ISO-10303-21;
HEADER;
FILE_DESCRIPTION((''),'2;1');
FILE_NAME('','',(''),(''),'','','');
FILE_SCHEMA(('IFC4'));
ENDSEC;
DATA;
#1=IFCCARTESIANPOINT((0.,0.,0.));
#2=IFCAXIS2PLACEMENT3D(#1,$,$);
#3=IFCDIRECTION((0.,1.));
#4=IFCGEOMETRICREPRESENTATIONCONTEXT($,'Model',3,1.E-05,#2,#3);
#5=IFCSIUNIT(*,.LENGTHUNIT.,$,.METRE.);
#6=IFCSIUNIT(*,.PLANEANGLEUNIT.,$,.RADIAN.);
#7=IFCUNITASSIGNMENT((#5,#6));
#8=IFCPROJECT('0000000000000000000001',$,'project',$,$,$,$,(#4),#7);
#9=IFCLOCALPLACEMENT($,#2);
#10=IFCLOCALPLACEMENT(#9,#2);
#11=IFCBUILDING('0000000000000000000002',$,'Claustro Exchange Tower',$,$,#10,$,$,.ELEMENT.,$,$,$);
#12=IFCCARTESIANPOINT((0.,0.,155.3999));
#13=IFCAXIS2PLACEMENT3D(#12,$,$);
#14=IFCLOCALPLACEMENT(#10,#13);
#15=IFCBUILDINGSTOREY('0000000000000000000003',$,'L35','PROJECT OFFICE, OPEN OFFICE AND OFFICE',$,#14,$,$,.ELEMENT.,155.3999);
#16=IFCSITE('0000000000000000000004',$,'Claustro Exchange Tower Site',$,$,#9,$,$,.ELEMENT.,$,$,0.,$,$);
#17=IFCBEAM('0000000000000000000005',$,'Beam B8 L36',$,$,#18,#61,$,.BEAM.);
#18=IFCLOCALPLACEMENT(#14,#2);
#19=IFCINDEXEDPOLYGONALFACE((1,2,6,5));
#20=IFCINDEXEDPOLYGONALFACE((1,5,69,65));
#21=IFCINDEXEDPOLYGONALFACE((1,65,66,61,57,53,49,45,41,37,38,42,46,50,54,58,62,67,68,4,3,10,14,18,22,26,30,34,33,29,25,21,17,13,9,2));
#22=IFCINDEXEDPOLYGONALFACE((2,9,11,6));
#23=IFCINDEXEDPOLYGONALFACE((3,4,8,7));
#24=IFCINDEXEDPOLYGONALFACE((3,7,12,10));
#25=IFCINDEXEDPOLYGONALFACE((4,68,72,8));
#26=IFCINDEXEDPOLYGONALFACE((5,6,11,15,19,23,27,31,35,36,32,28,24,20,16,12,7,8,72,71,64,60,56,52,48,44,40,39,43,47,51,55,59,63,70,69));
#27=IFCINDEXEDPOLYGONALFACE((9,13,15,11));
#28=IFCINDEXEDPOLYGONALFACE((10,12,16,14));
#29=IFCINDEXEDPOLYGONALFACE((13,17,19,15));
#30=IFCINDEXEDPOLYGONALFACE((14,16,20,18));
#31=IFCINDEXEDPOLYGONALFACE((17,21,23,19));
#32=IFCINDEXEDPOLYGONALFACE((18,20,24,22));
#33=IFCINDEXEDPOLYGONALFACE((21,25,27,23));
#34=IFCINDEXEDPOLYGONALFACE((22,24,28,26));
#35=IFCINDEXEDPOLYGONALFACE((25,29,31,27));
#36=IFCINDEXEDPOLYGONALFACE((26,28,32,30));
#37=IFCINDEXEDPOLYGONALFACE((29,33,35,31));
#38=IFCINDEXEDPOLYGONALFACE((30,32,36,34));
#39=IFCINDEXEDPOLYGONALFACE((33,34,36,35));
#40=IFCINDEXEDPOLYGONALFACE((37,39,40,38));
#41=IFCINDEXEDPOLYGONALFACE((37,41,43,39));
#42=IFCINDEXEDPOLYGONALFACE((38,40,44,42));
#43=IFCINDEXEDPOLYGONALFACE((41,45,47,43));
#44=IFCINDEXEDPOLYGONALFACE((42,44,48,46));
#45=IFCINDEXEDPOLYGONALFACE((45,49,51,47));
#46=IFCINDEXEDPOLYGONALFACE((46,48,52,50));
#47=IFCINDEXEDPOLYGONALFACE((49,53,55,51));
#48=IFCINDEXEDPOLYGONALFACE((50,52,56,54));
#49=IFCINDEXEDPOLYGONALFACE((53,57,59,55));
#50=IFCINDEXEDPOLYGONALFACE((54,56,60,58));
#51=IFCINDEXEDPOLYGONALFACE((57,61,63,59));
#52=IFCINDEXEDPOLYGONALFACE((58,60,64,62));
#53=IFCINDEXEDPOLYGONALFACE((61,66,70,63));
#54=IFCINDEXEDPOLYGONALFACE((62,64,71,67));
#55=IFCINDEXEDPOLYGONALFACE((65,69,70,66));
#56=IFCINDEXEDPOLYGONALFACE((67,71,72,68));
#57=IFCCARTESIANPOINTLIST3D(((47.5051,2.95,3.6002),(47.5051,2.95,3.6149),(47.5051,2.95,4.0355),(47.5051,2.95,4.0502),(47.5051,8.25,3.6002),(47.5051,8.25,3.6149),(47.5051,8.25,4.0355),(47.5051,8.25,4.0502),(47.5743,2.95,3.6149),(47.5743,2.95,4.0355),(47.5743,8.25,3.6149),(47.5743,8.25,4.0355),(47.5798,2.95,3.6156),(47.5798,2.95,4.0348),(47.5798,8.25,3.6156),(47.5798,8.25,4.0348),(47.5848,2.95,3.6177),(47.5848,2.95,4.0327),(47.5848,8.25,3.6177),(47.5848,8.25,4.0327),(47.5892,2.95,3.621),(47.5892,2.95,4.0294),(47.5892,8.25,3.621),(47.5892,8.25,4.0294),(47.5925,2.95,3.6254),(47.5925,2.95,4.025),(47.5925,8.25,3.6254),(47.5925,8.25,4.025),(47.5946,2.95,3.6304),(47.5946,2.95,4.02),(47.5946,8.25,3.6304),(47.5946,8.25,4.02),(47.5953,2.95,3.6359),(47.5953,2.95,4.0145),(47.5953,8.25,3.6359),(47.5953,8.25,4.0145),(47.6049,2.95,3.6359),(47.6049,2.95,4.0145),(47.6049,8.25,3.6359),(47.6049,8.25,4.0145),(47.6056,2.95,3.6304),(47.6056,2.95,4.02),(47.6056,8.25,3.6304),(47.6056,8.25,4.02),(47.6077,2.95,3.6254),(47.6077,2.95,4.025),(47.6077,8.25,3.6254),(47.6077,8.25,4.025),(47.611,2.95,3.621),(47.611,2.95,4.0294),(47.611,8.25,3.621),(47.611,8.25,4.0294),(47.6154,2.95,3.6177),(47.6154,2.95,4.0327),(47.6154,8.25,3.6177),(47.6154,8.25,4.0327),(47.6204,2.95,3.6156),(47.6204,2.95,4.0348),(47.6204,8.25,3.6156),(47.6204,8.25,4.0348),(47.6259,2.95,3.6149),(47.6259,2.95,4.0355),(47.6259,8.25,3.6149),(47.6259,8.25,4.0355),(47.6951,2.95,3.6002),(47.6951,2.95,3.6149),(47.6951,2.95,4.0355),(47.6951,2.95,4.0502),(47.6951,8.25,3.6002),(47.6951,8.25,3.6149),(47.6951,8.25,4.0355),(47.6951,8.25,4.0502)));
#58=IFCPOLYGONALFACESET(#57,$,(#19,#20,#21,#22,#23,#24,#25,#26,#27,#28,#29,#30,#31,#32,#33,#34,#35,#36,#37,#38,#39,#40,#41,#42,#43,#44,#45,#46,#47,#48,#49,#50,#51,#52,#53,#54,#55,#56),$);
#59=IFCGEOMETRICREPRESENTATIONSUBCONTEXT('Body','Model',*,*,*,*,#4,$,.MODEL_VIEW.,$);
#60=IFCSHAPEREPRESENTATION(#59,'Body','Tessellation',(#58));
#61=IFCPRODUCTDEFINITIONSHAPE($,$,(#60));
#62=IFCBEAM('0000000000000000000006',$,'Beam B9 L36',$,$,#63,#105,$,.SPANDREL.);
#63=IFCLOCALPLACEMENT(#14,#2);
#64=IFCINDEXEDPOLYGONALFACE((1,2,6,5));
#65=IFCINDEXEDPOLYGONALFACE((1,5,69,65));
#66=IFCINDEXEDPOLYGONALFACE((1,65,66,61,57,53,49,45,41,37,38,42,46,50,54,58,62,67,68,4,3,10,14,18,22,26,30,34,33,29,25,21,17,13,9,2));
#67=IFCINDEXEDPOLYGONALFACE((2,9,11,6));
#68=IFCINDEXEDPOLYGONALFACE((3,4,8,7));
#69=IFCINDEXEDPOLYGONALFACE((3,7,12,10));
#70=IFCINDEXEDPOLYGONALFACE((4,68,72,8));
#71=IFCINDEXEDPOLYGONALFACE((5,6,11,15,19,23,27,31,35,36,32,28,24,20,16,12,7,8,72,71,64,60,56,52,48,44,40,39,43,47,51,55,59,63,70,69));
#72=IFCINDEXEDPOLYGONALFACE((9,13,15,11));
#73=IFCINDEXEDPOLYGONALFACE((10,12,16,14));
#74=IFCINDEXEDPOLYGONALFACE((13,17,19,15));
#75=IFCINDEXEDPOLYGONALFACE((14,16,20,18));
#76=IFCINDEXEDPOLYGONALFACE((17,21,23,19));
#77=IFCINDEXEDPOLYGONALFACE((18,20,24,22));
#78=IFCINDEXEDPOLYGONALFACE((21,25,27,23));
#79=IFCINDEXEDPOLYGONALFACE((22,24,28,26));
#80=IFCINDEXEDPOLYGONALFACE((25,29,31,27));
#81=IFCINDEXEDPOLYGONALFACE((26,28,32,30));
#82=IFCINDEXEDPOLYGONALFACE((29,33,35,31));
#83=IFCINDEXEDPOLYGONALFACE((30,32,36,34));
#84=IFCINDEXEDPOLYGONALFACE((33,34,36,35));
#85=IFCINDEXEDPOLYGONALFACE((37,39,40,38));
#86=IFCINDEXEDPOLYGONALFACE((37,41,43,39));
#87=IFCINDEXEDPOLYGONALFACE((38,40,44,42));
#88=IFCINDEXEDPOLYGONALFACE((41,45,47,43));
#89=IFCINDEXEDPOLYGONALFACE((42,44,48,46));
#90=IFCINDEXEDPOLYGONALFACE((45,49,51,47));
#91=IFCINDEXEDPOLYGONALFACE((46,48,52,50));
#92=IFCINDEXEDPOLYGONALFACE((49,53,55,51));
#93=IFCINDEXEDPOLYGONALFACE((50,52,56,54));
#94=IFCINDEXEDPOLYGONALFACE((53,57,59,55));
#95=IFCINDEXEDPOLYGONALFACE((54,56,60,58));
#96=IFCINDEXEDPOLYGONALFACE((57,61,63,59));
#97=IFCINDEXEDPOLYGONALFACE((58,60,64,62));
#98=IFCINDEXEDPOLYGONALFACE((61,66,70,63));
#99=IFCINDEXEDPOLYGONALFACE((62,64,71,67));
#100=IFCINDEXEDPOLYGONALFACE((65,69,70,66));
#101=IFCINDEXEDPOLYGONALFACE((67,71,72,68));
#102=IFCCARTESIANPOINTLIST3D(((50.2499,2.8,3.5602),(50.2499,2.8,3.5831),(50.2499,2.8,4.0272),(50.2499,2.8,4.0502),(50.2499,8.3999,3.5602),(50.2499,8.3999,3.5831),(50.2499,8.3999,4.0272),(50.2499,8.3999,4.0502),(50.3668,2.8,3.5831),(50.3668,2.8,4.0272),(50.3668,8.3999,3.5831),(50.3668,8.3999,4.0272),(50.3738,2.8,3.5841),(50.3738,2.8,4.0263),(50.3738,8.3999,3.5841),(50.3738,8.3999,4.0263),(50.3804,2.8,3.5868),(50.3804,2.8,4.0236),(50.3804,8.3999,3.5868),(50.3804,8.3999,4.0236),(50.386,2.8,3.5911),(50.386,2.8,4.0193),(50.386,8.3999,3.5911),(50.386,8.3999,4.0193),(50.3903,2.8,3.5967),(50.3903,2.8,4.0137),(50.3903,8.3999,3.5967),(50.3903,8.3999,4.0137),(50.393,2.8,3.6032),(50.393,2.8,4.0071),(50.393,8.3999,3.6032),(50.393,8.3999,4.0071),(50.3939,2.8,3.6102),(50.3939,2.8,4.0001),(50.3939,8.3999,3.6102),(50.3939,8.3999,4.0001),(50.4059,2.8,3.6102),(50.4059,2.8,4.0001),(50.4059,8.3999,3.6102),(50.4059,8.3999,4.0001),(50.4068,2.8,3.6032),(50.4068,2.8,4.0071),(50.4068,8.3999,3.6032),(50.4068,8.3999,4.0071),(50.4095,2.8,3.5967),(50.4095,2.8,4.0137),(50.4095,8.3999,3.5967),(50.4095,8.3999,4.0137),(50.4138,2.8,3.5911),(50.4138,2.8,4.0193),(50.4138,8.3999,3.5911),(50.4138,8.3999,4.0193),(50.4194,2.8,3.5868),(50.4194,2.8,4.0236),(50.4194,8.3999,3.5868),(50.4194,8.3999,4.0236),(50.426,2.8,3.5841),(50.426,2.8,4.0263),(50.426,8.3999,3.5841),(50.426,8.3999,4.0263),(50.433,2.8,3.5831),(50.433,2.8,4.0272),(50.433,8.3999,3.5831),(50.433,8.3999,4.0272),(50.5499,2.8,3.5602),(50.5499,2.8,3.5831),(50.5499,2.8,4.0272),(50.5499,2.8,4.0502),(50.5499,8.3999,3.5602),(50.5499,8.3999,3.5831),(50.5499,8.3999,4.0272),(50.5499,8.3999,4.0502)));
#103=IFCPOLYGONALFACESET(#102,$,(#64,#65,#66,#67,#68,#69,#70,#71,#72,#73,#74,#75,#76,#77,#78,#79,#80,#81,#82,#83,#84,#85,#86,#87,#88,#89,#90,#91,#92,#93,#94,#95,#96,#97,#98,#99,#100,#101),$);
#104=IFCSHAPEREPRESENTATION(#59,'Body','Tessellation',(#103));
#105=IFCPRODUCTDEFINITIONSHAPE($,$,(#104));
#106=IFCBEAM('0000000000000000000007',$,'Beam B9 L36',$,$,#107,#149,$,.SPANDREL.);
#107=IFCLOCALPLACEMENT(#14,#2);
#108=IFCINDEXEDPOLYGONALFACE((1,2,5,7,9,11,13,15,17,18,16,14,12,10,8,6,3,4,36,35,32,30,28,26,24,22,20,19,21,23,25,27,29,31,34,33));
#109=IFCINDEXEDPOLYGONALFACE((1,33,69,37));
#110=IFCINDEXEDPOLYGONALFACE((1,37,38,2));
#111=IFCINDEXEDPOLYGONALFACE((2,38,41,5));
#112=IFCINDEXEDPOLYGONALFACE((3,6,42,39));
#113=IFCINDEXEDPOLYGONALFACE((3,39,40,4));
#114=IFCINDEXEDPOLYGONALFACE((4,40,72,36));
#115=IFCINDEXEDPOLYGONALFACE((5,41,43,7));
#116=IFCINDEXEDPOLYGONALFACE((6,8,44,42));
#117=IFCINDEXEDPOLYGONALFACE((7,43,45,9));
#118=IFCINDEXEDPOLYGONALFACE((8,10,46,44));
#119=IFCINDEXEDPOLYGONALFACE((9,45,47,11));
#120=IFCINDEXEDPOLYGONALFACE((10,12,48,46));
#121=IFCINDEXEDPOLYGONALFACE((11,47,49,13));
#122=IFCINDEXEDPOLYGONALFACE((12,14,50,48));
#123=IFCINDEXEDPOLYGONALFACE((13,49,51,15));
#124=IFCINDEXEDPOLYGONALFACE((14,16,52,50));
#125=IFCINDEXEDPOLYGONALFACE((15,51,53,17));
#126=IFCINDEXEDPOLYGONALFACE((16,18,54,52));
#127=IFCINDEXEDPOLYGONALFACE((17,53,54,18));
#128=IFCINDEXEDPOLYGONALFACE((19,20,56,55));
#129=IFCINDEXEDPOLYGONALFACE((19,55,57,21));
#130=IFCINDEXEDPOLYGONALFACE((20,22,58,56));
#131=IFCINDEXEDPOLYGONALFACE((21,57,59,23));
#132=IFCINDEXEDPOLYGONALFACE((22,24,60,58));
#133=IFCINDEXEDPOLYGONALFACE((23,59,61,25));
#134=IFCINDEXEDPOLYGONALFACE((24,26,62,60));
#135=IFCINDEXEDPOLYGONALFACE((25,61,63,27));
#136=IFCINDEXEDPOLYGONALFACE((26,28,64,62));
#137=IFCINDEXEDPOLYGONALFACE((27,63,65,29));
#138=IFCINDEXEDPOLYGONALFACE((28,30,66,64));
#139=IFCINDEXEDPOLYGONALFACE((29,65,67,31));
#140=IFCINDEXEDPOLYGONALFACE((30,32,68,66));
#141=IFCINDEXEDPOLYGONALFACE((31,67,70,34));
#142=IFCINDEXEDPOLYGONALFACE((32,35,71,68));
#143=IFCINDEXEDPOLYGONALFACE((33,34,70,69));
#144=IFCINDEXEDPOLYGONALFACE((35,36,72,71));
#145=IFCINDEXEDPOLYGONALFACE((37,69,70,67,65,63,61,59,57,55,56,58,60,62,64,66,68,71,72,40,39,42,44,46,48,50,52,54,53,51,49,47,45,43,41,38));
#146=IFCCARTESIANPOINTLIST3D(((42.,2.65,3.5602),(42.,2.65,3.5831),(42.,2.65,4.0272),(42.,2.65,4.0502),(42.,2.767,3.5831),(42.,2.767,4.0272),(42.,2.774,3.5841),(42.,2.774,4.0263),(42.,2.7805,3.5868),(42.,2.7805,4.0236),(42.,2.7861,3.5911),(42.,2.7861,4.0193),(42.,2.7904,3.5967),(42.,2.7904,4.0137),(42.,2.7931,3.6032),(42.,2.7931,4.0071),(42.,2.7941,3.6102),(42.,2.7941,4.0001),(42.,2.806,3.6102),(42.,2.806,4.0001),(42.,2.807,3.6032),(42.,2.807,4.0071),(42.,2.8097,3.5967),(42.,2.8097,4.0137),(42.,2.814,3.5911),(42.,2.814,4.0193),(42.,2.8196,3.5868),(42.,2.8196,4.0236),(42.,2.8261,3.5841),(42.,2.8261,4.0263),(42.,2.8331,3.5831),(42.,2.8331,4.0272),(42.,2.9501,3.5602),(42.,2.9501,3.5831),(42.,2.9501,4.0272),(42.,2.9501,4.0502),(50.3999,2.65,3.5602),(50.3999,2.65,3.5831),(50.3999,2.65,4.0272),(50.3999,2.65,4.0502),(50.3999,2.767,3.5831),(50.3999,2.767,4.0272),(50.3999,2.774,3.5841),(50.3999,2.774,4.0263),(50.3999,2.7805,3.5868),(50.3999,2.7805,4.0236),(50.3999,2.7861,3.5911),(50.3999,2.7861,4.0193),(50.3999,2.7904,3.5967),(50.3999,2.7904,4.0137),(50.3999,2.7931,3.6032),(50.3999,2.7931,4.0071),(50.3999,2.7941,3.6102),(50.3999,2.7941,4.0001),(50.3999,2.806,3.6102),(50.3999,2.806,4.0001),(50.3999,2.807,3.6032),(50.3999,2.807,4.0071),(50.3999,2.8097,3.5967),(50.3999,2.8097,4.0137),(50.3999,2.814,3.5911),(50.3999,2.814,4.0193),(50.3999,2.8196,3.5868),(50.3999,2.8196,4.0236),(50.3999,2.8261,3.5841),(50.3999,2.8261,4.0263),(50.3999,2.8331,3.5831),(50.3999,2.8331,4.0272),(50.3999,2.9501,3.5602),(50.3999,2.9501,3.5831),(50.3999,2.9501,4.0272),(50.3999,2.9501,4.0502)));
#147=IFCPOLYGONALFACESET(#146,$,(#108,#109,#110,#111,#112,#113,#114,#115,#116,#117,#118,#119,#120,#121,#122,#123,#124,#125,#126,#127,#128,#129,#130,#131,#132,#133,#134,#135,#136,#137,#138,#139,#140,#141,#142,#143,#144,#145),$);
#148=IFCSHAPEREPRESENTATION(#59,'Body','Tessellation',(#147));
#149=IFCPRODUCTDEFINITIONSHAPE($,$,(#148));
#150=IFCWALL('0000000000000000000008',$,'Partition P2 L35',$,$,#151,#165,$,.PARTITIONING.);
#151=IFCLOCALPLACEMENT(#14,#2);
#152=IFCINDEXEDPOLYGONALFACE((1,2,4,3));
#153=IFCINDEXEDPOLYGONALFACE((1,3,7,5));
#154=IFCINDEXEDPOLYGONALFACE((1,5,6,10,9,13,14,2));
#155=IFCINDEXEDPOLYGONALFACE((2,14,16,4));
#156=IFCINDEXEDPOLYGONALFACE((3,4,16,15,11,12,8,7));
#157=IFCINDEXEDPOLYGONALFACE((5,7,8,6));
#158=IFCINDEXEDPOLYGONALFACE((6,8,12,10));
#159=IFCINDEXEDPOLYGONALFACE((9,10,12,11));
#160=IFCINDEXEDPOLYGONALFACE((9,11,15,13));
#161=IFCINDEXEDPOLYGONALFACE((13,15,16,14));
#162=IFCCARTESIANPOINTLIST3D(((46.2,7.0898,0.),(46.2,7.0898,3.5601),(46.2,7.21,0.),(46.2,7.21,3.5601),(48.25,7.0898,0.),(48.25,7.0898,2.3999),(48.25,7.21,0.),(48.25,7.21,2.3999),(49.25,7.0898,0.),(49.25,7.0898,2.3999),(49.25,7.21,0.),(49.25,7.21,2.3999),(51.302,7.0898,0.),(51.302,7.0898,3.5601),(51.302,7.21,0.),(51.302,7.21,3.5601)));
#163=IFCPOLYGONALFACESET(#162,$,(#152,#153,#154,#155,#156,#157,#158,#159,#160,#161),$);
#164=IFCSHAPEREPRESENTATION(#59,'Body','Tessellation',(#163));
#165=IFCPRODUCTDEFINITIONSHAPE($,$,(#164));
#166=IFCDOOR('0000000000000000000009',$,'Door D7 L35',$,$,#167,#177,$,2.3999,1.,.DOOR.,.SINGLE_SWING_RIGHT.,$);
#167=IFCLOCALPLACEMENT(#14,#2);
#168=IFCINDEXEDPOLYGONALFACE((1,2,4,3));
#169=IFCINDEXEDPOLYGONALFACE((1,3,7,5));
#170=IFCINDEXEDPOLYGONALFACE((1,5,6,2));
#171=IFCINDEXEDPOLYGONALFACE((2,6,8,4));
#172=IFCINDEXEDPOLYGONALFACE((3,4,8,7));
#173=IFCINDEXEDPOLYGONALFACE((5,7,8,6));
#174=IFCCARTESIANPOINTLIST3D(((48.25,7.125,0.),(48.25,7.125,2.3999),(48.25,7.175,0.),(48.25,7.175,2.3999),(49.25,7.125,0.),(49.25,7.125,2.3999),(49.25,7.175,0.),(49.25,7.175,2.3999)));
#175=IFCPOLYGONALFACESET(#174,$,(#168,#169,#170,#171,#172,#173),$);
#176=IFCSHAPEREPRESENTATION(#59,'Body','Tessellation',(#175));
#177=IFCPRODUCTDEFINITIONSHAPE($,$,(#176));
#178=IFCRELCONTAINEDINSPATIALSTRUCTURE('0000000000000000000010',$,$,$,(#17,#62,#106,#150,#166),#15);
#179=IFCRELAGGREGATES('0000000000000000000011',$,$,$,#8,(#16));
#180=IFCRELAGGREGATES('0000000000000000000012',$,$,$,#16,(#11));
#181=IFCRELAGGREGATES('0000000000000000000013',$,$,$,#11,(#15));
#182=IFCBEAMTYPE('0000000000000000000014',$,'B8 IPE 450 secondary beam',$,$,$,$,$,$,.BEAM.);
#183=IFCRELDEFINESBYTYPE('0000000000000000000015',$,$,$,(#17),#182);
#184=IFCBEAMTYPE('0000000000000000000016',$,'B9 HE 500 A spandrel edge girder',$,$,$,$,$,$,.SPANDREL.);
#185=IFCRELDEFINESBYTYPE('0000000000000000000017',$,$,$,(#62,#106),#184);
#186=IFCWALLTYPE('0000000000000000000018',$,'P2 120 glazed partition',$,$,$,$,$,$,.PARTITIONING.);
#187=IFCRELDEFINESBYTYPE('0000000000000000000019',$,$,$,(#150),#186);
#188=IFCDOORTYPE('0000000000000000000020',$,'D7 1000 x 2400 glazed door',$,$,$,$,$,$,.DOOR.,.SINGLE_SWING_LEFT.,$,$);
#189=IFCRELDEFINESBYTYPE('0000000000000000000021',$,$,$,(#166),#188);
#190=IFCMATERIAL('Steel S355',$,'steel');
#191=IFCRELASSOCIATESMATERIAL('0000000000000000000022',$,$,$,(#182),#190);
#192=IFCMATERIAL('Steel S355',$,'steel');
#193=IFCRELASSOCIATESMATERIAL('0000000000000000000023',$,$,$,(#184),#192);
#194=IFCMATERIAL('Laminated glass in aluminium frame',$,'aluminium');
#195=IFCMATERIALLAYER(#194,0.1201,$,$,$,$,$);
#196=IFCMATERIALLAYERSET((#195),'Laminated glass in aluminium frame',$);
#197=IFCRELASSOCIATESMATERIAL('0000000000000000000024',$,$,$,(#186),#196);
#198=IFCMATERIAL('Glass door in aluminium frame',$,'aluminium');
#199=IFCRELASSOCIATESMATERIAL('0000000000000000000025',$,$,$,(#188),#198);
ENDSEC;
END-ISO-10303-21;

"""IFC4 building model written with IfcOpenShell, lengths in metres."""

from ifc_helpers import new_model, si_unit, direction, frame, frame_2d, origin, origin_2d, place, context, subcontext, project, spatial, rectangle, i_section, extrude, material, layer, layer_set, material_profile, profile_set, type_object, element, fill, save


model = new_model("IFC4")

# Units and contexts
model_context = context("Model", 3, precision=1e-05, world=origin(), true_north=direction((0.0, 1.0)))
body_context = subcontext(model_context, "Body", "Model", "MODEL_VIEW")
ifc_project = project(units=[si_unit("LENGTHUNIT", "METRE"), si_unit("PLANEANGLEUNIT", "RADIAN")], contexts=[model_context])

# Site, building, storey
site_placement = place(None, origin())
site = spatial("IfcSite", under=ifc_project, at=site_placement, Name="Claustro Exchange Tower Site", CompositionType="ELEMENT", RefElevation=0.0)
building_placement = place(site_placement, origin())
building = spatial("IfcBuilding", under=site, at=building_placement, Name="Claustro Exchange Tower", CompositionType="ELEMENT")
storey_placement = place(building_placement, frame((0.0, 0.0, 155.3999)))
storey = spatial("IfcBuildingStorey", under=building, at=storey_placement, Name="L35", Description="PROJECT OFFICE, OPEN OFFICE AND OFFICE", CompositionType="ELEMENT", Elevation=155.3999)

# Beams
ifc_material_1 = material(Name="Steel S355", Category="steel")
ifc_material_profile_1 = material_profile(ifc_material_1, i_section(OverallWidth=0.1899, OverallDepth=0.45, WebThickness=0.0095, FlangeThickness=0.0146, FilletRadius=0.021, at=origin_2d()), Name="IPE 450")
ifc_profile_set_1 = profile_set([ifc_material_profile_1], Name="Steel S355")
beam_type_1 = type_object("IfcBeamType", Name="B8 IPE 450 secondary beam", PredefinedType="BEAM", material=ifc_profile_set_1)
for number, where, z_axis, x_axis, name in (
    (1, (47.6001, 2.95, 3.8252), (0.0, 1.0, 0.0), (-1.0, 0.0, 0.0), "Beam B8 L36"),
):
    element("IfcBeam", number, at=place(storey_placement, frame(where, z_axis=z_axis, x_axis=x_axis)), inside=storey, type_object=beam_type_1, Name=name, PredefinedType="BEAM", context=body_context, shape_type="SweptSolid", body=[
        extrude(i_section(OverallWidth=0.1899, OverallDepth=0.45, WebThickness=0.0095, FlangeThickness=0.0146, FilletRadius=0.021, at=origin_2d()), origin(), (0.0, 0.0, 1.0), 5.3),
    ])
ifc_material_2 = material(Name="Steel S355", Category="steel")
ifc_material_profile_2 = material_profile(ifc_material_2, i_section(OverallWidth=0.3, OverallDepth=0.49, WebThickness=0.012, FlangeThickness=0.0229, FilletRadius=0.0271, at=origin_2d()), Name="HE 500 A")
ifc_profile_set_2 = profile_set([ifc_material_profile_2], Name="Steel S355")
beam_type_2 = type_object("IfcBeamType", Name="B9 HE 500 A spandrel edge girder", PredefinedType="SPANDREL", material=ifc_profile_set_2)
beam_1_placement = place(storey_placement, frame((50.3999, 2.8, 3.8052), z_axis=(0.0, 1.0, 0.0), x_axis=(-1.0, 0.0, 0.0)))
element("IfcBeam", 2, at=beam_1_placement, inside=storey, type_object=beam_type_2, Name="Beam B9 L36", PredefinedType="SPANDREL", context=body_context, shape_type="SweptSolid", body=[
    extrude(i_section(OverallWidth=0.3, OverallDepth=0.49, WebThickness=0.012, FlangeThickness=0.0229, FilletRadius=0.0271, at=origin_2d()), origin(), (0.0, 0.0, 1.0), 5.5999),
])
beam_2_placement = place(storey_placement, frame((42.0, 2.8, 3.8052), z_axis=(1.0, 0.0, 0.0), x_axis=(0.0, 1.0, 0.0)))
element("IfcBeam", 3, at=beam_2_placement, inside=storey, type_object=beam_type_2, Name="Beam B9 L36", PredefinedType="SPANDREL", context=body_context, shape_type="SweptSolid", body=[
    extrude(i_section(OverallWidth=0.3, OverallDepth=0.49, WebThickness=0.012, FlangeThickness=0.0229, FilletRadius=0.0271, at=origin_2d()), origin(), (0.0, 0.0, 1.0), 8.3999),
])

# Wall, opening, door
ifc_material_3 = material(Name="Laminated glass in aluminium frame", Category="aluminium")
ifc_layer_1 = layer(ifc_material_3, 0.1201)
ifc_layer_set_1 = layer_set([ifc_layer_1], Name="Laminated glass in aluminium frame")
wall_type_1 = type_object("IfcWallType", Name="P2 120 glazed partition", PredefinedType="PARTITIONING", material=ifc_layer_set_1)
wall_1_placement = place(storey_placement, frame((46.2, 7.1499, 0.0), z_axis=(0.0, 0.0, 1.0), x_axis=(1.0, 0.0, 0.0)))
wall_1 = element("IfcWall", 4, at=wall_1_placement, inside=storey, type_object=wall_type_1, Name="Partition P2 L35", PredefinedType="PARTITIONING", context=body_context, shape_type="SweptSolid", body=[
    extrude(rectangle(XDim=5.1021, YDim=0.1201, at=frame_2d((2.551, 0.0))), origin(), (0.0, 0.0, 1.0), 3.5601),
])
opening_1_placement = place(wall_1_placement, frame((2.05, 0.0, 0.0)))
opening_1 = element("IfcOpeningElement", 5, at=opening_1_placement, cuts=wall_1, PredefinedType="OPENING", context=body_context, shape_type="SweptSolid", body=[
    extrude(rectangle(XDim=1.0, YDim=2.3999, at=frame_2d((0.5, 1.2))), frame((0.0, 0.0701, 0.0), z_axis=(0.0, -1.0, 0.0), x_axis=(1.0, 0.0, 0.0)), (0.0, 0.0, 1.0), 0.1401),
])
ifc_material_4 = material(Name="Glass door in aluminium frame", Category="aluminium")
door_type = type_object("IfcDoorType", Name="D7 1000 x 2400 glazed door", OperationType="SINGLE_SWING_LEFT", PredefinedType="DOOR", material=ifc_material_4)
door_1_placement = place(opening_1_placement, frame((1.0, 0.0, 0.0), z_axis=(0.0, 0.0, 1.0), x_axis=(-1.0, 0.0, 0.0)))
door_1 = element("IfcDoor", 6, at=door_1_placement, inside=storey, type_object=door_type, Name="Door D7 L35", OperationType="SINGLE_SWING_RIGHT", OverallHeight=2.3999, OverallWidth=1.0, PredefinedType="DOOR", context=body_context, shape_type="SweptSolid", body=[
    extrude(rectangle(XDim=1.0, YDim=2.3999, at=frame_2d((0.5, 1.2))), frame((0.0, 0.0249, 0.0), z_axis=(0.0, -1.0, 0.0), x_axis=(1.0, 0.0, 0.0)), (0.0, 0.0, 1.0), 0.05),
])
fill(opening_1, door_1)

save(model, "model.ifc")
